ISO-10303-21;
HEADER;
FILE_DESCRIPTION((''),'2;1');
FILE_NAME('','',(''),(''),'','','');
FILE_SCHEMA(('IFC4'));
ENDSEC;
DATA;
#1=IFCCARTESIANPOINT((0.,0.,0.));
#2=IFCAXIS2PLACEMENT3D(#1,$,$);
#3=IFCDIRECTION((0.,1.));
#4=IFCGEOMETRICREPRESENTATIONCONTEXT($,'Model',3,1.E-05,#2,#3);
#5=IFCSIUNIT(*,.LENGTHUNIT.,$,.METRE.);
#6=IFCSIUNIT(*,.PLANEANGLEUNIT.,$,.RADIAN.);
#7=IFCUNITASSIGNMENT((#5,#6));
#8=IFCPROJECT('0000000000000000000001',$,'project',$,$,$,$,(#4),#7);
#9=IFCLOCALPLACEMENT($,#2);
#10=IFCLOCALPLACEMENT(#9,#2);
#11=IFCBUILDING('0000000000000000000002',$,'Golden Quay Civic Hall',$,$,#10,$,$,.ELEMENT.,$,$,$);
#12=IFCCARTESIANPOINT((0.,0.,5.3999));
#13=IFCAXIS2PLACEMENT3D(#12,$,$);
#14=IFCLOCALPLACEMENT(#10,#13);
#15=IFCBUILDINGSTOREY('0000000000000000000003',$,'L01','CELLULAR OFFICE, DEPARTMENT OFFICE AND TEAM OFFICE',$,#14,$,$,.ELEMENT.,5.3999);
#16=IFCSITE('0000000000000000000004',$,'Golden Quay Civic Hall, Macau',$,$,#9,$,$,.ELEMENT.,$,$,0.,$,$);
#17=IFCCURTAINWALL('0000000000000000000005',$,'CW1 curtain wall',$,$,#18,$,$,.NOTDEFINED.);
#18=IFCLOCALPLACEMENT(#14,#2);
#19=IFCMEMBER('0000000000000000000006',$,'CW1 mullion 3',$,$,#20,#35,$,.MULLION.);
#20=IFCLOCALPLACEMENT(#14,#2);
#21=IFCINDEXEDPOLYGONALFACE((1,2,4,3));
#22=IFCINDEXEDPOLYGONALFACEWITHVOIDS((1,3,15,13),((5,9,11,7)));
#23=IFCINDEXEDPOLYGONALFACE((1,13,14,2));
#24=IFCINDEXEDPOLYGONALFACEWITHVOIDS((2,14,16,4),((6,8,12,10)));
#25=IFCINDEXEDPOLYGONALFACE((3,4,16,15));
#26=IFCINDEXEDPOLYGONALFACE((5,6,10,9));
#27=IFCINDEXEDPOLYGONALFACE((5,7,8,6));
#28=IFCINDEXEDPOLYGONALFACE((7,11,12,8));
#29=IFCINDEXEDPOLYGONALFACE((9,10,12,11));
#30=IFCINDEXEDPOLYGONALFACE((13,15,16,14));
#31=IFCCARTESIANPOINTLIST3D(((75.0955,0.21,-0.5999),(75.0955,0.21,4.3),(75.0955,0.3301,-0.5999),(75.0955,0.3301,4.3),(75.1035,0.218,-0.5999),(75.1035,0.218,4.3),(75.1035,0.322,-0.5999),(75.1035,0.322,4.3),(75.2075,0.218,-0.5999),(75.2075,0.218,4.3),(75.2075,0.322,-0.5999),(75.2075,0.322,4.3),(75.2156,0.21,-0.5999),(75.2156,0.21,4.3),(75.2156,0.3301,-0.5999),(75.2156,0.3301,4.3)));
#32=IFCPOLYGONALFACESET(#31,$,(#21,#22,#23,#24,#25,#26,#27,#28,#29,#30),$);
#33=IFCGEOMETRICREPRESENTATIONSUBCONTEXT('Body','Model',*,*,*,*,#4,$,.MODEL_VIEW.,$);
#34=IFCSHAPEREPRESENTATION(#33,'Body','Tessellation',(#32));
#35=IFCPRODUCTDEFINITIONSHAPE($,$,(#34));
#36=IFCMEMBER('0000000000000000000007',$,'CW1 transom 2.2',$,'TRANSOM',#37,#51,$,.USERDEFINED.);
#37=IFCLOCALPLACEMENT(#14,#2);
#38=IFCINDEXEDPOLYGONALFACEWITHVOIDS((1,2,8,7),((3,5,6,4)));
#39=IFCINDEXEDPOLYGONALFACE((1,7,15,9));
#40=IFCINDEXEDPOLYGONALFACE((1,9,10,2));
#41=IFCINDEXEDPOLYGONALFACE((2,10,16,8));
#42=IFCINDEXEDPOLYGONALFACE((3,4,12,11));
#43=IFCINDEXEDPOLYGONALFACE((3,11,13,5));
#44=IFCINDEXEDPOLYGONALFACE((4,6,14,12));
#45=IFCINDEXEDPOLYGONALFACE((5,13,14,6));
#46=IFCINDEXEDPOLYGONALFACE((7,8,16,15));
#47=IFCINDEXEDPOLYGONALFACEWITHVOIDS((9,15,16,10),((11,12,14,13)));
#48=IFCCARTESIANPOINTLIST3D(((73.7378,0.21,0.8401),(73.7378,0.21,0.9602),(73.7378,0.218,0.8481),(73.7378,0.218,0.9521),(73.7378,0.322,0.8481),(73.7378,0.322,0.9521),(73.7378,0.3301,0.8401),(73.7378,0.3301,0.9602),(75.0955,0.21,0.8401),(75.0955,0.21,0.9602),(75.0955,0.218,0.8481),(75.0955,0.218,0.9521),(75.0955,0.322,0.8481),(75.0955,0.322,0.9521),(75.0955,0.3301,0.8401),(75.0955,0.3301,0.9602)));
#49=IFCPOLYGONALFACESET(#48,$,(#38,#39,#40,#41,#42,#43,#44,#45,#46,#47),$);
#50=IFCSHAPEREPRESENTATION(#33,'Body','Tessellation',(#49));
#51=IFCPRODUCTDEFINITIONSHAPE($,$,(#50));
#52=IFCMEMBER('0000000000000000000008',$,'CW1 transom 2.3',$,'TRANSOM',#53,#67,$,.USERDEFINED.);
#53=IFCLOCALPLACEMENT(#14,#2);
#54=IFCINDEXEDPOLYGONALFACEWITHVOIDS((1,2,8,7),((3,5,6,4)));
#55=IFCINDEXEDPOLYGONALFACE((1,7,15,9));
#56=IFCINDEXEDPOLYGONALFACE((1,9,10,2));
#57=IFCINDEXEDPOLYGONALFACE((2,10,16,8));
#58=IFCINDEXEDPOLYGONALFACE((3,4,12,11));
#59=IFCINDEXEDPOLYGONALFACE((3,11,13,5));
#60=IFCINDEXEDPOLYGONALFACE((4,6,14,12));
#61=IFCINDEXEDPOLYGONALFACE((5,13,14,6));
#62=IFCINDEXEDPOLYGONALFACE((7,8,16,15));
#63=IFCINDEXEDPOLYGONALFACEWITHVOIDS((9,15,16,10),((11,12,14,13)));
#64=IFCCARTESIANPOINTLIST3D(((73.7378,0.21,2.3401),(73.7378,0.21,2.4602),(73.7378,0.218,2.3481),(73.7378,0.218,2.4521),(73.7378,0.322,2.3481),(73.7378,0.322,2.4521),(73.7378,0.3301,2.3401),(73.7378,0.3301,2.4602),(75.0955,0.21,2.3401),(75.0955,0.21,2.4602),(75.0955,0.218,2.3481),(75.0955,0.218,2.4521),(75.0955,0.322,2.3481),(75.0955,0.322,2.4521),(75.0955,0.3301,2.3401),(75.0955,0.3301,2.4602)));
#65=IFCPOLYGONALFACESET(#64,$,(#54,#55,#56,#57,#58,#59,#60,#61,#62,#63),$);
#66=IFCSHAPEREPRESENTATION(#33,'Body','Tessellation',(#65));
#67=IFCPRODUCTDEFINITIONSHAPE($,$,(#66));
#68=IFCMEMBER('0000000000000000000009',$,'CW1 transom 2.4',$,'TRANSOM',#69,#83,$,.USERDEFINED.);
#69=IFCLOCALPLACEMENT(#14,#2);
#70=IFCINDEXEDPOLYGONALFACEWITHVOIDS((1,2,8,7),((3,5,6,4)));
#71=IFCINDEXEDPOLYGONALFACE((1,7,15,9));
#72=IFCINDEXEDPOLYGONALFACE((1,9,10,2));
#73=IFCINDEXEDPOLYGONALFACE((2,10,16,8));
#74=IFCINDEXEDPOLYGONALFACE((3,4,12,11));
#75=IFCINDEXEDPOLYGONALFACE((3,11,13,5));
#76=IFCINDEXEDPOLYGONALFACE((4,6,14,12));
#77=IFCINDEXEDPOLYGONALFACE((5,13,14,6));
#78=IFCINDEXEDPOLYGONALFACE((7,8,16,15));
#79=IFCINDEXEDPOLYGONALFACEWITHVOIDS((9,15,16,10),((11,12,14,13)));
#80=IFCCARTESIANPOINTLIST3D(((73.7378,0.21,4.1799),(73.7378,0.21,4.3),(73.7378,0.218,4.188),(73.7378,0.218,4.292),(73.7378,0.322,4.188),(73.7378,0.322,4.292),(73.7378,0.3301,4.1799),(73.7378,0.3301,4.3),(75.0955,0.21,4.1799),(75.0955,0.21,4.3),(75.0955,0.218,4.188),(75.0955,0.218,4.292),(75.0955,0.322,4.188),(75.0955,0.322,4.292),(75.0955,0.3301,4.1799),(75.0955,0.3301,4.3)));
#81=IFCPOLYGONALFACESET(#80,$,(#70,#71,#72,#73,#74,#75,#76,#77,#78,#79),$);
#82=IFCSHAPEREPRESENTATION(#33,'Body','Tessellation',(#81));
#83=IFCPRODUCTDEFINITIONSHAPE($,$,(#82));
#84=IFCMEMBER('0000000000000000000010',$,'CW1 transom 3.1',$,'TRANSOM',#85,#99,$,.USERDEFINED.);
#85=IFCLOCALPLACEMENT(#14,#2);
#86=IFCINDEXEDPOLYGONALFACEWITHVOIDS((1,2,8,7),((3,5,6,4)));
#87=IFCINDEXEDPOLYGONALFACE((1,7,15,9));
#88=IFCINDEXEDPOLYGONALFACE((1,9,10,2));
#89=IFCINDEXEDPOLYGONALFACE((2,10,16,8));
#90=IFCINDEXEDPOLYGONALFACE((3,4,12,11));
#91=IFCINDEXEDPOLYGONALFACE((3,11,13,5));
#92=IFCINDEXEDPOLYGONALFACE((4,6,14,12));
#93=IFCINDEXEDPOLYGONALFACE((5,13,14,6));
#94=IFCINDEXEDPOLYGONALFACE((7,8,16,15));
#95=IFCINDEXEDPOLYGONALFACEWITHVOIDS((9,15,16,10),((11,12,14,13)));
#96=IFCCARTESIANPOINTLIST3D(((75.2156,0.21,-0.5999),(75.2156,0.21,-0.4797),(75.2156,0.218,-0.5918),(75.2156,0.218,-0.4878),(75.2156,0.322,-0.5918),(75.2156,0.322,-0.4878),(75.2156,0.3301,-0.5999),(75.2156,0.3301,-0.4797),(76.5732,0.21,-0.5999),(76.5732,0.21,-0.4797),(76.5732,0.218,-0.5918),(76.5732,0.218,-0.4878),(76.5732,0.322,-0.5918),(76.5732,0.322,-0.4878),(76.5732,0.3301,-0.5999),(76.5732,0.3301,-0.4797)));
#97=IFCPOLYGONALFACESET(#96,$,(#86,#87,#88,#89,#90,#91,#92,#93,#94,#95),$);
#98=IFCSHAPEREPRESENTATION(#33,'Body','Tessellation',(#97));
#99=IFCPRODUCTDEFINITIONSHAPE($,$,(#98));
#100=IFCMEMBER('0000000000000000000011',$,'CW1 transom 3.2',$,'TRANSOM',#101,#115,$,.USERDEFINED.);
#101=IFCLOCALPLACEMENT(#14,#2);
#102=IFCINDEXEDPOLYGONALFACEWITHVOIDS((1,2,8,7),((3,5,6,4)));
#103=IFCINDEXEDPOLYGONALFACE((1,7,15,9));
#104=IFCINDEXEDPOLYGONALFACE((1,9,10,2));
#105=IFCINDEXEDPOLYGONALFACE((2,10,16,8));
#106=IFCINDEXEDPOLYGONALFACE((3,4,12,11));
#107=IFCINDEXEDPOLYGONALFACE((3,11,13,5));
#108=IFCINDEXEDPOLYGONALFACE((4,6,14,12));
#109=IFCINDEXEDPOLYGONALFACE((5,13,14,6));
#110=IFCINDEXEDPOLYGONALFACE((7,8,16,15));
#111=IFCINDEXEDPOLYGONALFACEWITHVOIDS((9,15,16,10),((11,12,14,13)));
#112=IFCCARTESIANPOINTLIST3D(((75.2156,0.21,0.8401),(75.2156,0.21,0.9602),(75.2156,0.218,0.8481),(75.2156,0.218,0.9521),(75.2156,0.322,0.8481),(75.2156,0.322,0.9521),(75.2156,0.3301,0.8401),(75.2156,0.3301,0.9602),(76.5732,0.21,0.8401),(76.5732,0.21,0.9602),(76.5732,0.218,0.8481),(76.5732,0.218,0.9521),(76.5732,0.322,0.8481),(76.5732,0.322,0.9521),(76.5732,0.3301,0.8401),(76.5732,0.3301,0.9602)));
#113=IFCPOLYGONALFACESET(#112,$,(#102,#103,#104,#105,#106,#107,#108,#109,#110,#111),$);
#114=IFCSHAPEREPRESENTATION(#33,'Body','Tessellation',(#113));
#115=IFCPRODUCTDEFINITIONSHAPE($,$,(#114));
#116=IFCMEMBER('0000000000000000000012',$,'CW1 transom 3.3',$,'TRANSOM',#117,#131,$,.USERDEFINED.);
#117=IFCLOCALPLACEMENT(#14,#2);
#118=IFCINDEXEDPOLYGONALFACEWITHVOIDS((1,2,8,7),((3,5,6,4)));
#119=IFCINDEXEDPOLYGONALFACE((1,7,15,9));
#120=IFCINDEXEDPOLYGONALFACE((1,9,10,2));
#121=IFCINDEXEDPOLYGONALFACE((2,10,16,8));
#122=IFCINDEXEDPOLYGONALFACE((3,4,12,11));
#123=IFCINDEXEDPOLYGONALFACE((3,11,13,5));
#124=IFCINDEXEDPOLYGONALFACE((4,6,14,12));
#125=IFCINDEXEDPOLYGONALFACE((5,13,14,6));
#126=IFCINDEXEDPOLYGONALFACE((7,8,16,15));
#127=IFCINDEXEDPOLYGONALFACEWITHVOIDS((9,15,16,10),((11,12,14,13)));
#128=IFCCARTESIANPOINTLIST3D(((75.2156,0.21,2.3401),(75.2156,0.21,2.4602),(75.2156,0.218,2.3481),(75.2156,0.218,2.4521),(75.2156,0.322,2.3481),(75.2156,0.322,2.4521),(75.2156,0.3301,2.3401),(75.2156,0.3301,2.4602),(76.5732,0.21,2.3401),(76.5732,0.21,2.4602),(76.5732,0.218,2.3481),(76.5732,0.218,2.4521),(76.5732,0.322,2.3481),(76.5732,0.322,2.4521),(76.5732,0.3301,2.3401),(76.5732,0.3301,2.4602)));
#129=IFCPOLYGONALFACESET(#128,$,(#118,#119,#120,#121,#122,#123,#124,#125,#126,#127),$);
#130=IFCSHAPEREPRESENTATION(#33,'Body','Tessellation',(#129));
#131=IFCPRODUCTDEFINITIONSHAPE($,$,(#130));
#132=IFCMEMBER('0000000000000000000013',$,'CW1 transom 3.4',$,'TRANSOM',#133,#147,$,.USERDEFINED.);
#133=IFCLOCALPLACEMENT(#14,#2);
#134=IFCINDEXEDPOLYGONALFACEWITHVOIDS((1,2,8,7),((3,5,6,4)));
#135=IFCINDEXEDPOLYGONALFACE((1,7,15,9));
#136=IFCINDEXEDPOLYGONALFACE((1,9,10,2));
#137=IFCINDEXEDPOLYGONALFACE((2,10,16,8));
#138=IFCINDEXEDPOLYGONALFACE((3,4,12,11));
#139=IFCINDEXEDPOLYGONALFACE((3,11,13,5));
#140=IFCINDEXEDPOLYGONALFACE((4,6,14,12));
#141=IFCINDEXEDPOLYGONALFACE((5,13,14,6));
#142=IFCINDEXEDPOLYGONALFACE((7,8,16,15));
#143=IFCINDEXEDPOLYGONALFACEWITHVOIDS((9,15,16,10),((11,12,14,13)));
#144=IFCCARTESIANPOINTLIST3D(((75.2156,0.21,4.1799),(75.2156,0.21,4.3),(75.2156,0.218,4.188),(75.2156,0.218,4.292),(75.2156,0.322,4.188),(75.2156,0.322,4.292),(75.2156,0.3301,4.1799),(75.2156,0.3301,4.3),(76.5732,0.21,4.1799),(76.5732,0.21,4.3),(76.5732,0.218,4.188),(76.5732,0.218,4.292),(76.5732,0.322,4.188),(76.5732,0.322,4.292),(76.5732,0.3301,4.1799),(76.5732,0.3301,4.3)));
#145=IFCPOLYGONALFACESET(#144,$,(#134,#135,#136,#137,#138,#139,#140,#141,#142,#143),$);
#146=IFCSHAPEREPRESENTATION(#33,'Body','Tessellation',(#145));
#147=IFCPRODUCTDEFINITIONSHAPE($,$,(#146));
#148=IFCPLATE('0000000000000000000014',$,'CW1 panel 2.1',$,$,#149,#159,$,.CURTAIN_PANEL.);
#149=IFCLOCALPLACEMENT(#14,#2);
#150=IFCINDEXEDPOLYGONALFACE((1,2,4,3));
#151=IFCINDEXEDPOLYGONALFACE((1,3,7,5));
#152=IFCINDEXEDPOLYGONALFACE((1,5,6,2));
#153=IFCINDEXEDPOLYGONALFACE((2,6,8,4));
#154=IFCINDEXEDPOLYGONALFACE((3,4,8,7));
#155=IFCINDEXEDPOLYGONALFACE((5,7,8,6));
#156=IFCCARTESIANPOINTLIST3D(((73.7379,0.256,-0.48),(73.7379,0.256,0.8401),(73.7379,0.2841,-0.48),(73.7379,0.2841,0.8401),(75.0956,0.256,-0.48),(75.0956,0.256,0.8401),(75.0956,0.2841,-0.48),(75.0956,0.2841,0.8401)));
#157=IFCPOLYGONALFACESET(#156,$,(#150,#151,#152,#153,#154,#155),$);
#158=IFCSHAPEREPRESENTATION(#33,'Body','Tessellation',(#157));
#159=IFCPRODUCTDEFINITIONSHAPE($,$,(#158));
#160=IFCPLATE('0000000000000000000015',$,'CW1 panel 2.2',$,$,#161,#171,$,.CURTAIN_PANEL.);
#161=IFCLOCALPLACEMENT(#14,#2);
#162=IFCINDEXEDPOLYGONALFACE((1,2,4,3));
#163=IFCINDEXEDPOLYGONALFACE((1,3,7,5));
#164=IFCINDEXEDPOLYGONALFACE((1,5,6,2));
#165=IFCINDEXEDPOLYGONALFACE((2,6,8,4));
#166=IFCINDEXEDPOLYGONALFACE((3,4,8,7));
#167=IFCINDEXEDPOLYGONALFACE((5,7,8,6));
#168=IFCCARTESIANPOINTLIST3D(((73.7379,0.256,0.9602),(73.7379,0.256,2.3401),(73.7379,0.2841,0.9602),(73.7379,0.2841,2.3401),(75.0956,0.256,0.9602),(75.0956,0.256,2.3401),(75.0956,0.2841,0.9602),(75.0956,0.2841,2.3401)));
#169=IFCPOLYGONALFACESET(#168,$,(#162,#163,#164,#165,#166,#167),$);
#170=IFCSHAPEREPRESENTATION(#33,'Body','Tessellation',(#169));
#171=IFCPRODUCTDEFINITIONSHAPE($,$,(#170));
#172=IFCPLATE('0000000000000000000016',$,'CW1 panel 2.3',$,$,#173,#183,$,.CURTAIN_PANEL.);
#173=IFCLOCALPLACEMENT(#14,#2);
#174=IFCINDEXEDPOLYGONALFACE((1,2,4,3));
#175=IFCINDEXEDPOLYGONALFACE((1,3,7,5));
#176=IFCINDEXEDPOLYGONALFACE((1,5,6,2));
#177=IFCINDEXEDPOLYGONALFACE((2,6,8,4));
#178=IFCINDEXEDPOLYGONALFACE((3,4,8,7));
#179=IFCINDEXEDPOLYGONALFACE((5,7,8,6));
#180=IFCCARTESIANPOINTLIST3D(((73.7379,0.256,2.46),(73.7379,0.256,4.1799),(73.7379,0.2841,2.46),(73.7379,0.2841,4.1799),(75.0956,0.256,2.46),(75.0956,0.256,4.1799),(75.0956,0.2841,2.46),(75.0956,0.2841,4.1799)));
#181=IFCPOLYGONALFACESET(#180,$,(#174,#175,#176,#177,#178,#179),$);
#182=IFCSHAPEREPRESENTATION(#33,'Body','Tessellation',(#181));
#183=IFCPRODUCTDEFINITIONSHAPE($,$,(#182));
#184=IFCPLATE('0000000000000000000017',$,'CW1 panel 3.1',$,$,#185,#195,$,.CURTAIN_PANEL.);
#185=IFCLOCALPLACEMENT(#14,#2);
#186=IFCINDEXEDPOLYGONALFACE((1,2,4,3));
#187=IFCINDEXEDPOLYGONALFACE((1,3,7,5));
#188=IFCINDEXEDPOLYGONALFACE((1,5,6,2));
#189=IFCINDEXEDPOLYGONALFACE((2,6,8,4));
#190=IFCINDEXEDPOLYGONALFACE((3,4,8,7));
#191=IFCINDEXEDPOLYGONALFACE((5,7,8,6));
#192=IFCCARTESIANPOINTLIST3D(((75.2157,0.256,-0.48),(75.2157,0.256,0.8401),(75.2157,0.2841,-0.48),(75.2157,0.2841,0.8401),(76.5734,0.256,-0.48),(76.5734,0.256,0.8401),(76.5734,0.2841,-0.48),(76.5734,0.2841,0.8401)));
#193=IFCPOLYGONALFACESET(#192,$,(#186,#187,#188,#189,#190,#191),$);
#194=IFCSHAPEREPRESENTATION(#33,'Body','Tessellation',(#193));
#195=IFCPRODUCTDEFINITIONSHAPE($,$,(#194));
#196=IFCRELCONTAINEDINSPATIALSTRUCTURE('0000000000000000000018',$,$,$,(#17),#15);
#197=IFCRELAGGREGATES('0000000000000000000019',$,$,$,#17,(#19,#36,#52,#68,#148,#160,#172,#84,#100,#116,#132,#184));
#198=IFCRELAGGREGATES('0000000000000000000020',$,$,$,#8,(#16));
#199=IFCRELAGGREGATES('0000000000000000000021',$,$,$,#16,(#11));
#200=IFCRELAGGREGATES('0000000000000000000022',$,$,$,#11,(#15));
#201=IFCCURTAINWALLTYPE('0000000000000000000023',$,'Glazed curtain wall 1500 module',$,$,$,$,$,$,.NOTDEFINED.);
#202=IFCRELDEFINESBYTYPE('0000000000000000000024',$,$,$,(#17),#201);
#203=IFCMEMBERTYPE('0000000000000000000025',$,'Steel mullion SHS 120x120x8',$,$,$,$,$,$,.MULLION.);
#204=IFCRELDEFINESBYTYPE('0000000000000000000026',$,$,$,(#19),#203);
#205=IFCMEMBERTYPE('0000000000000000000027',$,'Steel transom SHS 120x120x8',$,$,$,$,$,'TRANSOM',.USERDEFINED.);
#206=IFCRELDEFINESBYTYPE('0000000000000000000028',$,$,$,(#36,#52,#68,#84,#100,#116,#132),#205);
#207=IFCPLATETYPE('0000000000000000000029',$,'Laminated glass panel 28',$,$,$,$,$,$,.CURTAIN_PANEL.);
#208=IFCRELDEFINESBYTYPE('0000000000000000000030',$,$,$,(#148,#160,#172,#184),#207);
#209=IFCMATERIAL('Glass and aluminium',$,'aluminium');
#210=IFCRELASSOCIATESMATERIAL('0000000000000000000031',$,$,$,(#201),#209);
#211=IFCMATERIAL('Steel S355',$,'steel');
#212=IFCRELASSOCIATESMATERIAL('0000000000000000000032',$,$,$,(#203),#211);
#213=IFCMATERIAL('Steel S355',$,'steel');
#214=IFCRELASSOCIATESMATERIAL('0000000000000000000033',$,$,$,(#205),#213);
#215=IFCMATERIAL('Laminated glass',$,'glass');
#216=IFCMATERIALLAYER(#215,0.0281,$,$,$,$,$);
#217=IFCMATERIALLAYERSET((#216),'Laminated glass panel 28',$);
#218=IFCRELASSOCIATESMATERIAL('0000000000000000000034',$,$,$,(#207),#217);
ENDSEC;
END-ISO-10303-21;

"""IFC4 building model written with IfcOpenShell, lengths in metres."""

from ifc_helpers import new_model, si_unit, direction, frame, origin, origin_2d, place, context, subcontext, project, spatial, rectangle, hollow_rectangle, extrude, material, layer, layer_set, material_profile, profile_set, type_object, element, aggregate, save


model = new_model("IFC4")

# Units and contexts
model_context = context("Model", 3, precision=1e-05, world=origin(), true_north=direction((0.0, 1.0)))
body_context = subcontext(model_context, "Body", "Model", "MODEL_VIEW")
ifc_project = project(units=[si_unit("LENGTHUNIT", "METRE"), si_unit("PLANEANGLEUNIT", "RADIAN")], contexts=[model_context])

# Site, building, storey
site_placement = place(None, origin())
site = spatial("IfcSite", under=ifc_project, at=site_placement, Name="Golden Quay Civic Hall, Macau", CompositionType="ELEMENT", RefElevation=0.0)
building_placement = place(site_placement, origin())
building = spatial("IfcBuilding", under=site, at=building_placement, Name="Golden Quay Civic Hall", CompositionType="ELEMENT")
storey_placement = place(building_placement, frame((0.0, 0.0, 5.3999)))
storey = spatial("IfcBuildingStorey", under=building, at=storey_placement, Name="L01", Description="CELLULAR OFFICE, DEPARTMENT OFFICE AND TEAM OFFICE", CompositionType="ELEMENT", Elevation=5.3999)

# Curtain wall, members, plates
ifc_material_1 = material(Name="Glass and aluminium", Category="aluminium")
curtain_wall_type = type_object("IfcCurtainWallType", Name="Glazed curtain wall 1500 module", PredefinedType="NOTDEFINED", material=ifc_material_1)
curtain_wall_placement = place(storey_placement, origin())
curtain_wall = element("IfcCurtainWall", 1, at=curtain_wall_placement, inside=storey, type_object=curtain_wall_type, Name="CW1 curtain wall", PredefinedType="NOTDEFINED")
ifc_material_2 = material(Name="Steel S355", Category="steel")
ifc_material_profile_1 = material_profile(ifc_material_2, hollow_rectangle(XDim=0.1201, YDim=0.1201, WallThickness=0.0081, at=origin_2d()), Name="SHS 120x120x8")
ifc_profile_set_1 = profile_set([ifc_material_profile_1], Name="Steel S355")
member_type_1 = type_object("IfcMemberType", Name="Steel mullion SHS 120x120x8", PredefinedType="MULLION", material=ifc_profile_set_1)
member_1_placement = place(storey_placement, frame((75.1555, 0.27, -0.5999), z_axis=(0.0, 0.0, 1.0), x_axis=(0.0, 1.0, 0.0)))
member_1 = element("IfcMember", 2, at=member_1_placement, type_object=member_type_1, Name="CW1 mullion 3", PredefinedType="MULLION", context=body_context, shape_type="SweptSolid", body=[
    extrude(hollow_rectangle(XDim=0.1201, YDim=0.1201, WallThickness=0.0081, at=origin_2d()), origin(), (0.0, 0.0, 1.0), 4.8999),
])
ifc_material_3 = material(Name="Steel S355", Category="steel")
ifc_material_profile_2 = material_profile(ifc_material_3, hollow_rectangle(XDim=0.1201, YDim=0.1201, WallThickness=0.0081, at=origin_2d()), Name="SHS 120x120x8")
ifc_profile_set_2 = profile_set([ifc_material_profile_2], Name="Steel S355")
member_type_2 = type_object("IfcMemberType", Name="Steel transom SHS 120x120x8", ElementType="TRANSOM", PredefinedType="USERDEFINED", material=ifc_profile_set_2)
member_2_placement = place(storey_placement, frame((73.7378, 0.27, 0.9001), z_axis=(1.0, 0.0, 0.0), x_axis=(0.0, 1.0, 0.0)))
member_2 = element("IfcMember", 3, at=member_2_placement, type_object=member_type_2, Name="CW1 transom 2.2", ObjectType="TRANSOM", PredefinedType="USERDEFINED", context=body_context, shape_type="SweptSolid", body=[
    extrude(hollow_rectangle(XDim=0.1201, YDim=0.1201, WallThickness=0.0081, at=origin_2d()), origin(), (0.0, 0.0, 1.0), 1.3577),
])
member_3_placement = place(storey_placement, frame((73.7378, 0.27, 2.4001), z_axis=(1.0, 0.0, 0.0), x_axis=(0.0, 1.0, 0.0)))
member_3 = element("IfcMember", 4, at=member_3_placement, type_object=member_type_2, Name="CW1 transom 2.3", ObjectType="TRANSOM", PredefinedType="USERDEFINED", context=body_context, shape_type="SweptSolid", body=[
    extrude(hollow_rectangle(XDim=0.1201, YDim=0.1201, WallThickness=0.0081, at=origin_2d()), origin(), (0.0, 0.0, 1.0), 1.3577),
])
member_4_placement = place(storey_placement, frame((73.7378, 0.27, 4.24), z_axis=(1.0, 0.0, 0.0), x_axis=(0.0, 1.0, 0.0)))
member_4 = element("IfcMember", 5, at=member_4_placement, type_object=member_type_2, Name="CW1 transom 2.4", ObjectType="TRANSOM", PredefinedType="USERDEFINED", context=body_context, shape_type="SweptSolid", body=[
    extrude(hollow_rectangle(XDim=0.1201, YDim=0.1201, WallThickness=0.0081, at=origin_2d()), origin(), (0.0, 0.0, 1.0), 1.3577),
])
member_5_placement = place(storey_placement, frame((75.2156, 0.27, -0.5398), z_axis=(1.0, 0.0, 0.0), x_axis=(0.0, 1.0, 0.0)))
member_5 = element("IfcMember", 6, at=member_5_placement, type_object=member_type_2, Name="CW1 transom 3.1", ObjectType="TRANSOM", PredefinedType="USERDEFINED", context=body_context, shape_type="SweptSolid", body=[
    extrude(hollow_rectangle(XDim=0.1201, YDim=0.1201, WallThickness=0.0081, at=origin_2d()), origin(), (0.0, 0.0, 1.0), 1.3577),
])
member_6_placement = place(storey_placement, frame((75.2156, 0.27, 0.9001), z_axis=(1.0, 0.0, 0.0), x_axis=(0.0, 1.0, 0.0)))
member_6 = element("IfcMember", 7, at=member_6_placement, type_object=member_type_2, Name="CW1 transom 3.2", ObjectType="TRANSOM", PredefinedType="USERDEFINED", context=body_context, shape_type="SweptSolid", body=[
    extrude(hollow_rectangle(XDim=0.1201, YDim=0.1201, WallThickness=0.0081, at=origin_2d()), origin(), (0.0, 0.0, 1.0), 1.3577),
])
member_7_placement = place(storey_placement, frame((75.2156, 0.27, 2.4001), z_axis=(1.0, 0.0, 0.0), x_axis=(0.0, 1.0, 0.0)))
member_7 = element("IfcMember", 8, at=member_7_placement, type_object=member_type_2, Name="CW1 transom 3.3", ObjectType="TRANSOM", PredefinedType="USERDEFINED", context=body_context, shape_type="SweptSolid", body=[
    extrude(hollow_rectangle(XDim=0.1201, YDim=0.1201, WallThickness=0.0081, at=origin_2d()), origin(), (0.0, 0.0, 1.0), 1.3577),
])
member_8_placement = place(storey_placement, frame((75.2156, 0.27, 4.24), z_axis=(1.0, 0.0, 0.0), x_axis=(0.0, 1.0, 0.0)))
member_8 = element("IfcMember", 9, at=member_8_placement, type_object=member_type_2, Name="CW1 transom 3.4", ObjectType="TRANSOM", PredefinedType="USERDEFINED", context=body_context, shape_type="SweptSolid", body=[
    extrude(hollow_rectangle(XDim=0.1201, YDim=0.1201, WallThickness=0.0081, at=origin_2d()), origin(), (0.0, 0.0, 1.0), 1.3577),
])
ifc_material_4 = material(Name="Laminated glass", Category="glass")
ifc_layer = layer(ifc_material_4, 0.0281)
ifc_layer_set = layer_set([ifc_layer], Name="Laminated glass panel 28")
plate_type = type_object("IfcPlateType", Name="Laminated glass panel 28", PredefinedType="CURTAIN_PANEL", material=ifc_layer_set)
plate_1_placement = place(storey_placement, frame((74.4167, 0.27, -0.48), z_axis=(0.0, 0.0, 1.0), x_axis=(1.0, 0.0, 0.0)))
plate_1 = element("IfcPlate", 10, at=plate_1_placement, type_object=plate_type, Name="CW1 panel 2.1", PredefinedType="CURTAIN_PANEL", context=body_context, shape_type="SweptSolid", body=[
    extrude(rectangle(XDim=1.3577, YDim=0.0281, at=origin_2d()), origin(), (0.0, 0.0, 1.0), 1.3201),
])
plate_2_placement = place(storey_placement, frame((74.4167, 0.27, 0.9602), z_axis=(0.0, 0.0, 1.0), x_axis=(1.0, 0.0, 0.0)))
plate_2 = element("IfcPlate", 11, at=plate_2_placement, type_object=plate_type, Name="CW1 panel 2.2", PredefinedType="CURTAIN_PANEL", context=body_context, shape_type="SweptSolid", body=[
    extrude(rectangle(XDim=1.3577, YDim=0.0281, at=origin_2d()), origin(), (0.0, 0.0, 1.0), 1.3799),
])
plate_3_placement = place(storey_placement, frame((74.4167, 0.27, 2.46), z_axis=(0.0, 0.0, 1.0), x_axis=(1.0, 0.0, 0.0)))
plate_3 = element("IfcPlate", 12, at=plate_3_placement, type_object=plate_type, Name="CW1 panel 2.3", PredefinedType="CURTAIN_PANEL", context=body_context, shape_type="SweptSolid", body=[
    extrude(rectangle(XDim=1.3577, YDim=0.0281, at=origin_2d()), origin(), (0.0, 0.0, 1.0), 1.72),
])
plate_4_placement = place(storey_placement, frame((75.8945, 0.27, -0.48), z_axis=(0.0, 0.0, 1.0), x_axis=(1.0, 0.0, 0.0)))
plate_4 = element("IfcPlate", 13, at=plate_4_placement, type_object=plate_type, Name="CW1 panel 3.1", PredefinedType="CURTAIN_PANEL", context=body_context, shape_type="SweptSolid", body=[
    extrude(rectangle(XDim=1.3577, YDim=0.0281, at=origin_2d()), origin(), (0.0, 0.0, 1.0), 1.3201),
])
aggregate(curtain_wall, [member_1, member_2, member_3, member_4, plate_1, plate_2, plate_3, member_5, member_6, member_7, member_8, plate_4])

save(model, "model.ifc")
